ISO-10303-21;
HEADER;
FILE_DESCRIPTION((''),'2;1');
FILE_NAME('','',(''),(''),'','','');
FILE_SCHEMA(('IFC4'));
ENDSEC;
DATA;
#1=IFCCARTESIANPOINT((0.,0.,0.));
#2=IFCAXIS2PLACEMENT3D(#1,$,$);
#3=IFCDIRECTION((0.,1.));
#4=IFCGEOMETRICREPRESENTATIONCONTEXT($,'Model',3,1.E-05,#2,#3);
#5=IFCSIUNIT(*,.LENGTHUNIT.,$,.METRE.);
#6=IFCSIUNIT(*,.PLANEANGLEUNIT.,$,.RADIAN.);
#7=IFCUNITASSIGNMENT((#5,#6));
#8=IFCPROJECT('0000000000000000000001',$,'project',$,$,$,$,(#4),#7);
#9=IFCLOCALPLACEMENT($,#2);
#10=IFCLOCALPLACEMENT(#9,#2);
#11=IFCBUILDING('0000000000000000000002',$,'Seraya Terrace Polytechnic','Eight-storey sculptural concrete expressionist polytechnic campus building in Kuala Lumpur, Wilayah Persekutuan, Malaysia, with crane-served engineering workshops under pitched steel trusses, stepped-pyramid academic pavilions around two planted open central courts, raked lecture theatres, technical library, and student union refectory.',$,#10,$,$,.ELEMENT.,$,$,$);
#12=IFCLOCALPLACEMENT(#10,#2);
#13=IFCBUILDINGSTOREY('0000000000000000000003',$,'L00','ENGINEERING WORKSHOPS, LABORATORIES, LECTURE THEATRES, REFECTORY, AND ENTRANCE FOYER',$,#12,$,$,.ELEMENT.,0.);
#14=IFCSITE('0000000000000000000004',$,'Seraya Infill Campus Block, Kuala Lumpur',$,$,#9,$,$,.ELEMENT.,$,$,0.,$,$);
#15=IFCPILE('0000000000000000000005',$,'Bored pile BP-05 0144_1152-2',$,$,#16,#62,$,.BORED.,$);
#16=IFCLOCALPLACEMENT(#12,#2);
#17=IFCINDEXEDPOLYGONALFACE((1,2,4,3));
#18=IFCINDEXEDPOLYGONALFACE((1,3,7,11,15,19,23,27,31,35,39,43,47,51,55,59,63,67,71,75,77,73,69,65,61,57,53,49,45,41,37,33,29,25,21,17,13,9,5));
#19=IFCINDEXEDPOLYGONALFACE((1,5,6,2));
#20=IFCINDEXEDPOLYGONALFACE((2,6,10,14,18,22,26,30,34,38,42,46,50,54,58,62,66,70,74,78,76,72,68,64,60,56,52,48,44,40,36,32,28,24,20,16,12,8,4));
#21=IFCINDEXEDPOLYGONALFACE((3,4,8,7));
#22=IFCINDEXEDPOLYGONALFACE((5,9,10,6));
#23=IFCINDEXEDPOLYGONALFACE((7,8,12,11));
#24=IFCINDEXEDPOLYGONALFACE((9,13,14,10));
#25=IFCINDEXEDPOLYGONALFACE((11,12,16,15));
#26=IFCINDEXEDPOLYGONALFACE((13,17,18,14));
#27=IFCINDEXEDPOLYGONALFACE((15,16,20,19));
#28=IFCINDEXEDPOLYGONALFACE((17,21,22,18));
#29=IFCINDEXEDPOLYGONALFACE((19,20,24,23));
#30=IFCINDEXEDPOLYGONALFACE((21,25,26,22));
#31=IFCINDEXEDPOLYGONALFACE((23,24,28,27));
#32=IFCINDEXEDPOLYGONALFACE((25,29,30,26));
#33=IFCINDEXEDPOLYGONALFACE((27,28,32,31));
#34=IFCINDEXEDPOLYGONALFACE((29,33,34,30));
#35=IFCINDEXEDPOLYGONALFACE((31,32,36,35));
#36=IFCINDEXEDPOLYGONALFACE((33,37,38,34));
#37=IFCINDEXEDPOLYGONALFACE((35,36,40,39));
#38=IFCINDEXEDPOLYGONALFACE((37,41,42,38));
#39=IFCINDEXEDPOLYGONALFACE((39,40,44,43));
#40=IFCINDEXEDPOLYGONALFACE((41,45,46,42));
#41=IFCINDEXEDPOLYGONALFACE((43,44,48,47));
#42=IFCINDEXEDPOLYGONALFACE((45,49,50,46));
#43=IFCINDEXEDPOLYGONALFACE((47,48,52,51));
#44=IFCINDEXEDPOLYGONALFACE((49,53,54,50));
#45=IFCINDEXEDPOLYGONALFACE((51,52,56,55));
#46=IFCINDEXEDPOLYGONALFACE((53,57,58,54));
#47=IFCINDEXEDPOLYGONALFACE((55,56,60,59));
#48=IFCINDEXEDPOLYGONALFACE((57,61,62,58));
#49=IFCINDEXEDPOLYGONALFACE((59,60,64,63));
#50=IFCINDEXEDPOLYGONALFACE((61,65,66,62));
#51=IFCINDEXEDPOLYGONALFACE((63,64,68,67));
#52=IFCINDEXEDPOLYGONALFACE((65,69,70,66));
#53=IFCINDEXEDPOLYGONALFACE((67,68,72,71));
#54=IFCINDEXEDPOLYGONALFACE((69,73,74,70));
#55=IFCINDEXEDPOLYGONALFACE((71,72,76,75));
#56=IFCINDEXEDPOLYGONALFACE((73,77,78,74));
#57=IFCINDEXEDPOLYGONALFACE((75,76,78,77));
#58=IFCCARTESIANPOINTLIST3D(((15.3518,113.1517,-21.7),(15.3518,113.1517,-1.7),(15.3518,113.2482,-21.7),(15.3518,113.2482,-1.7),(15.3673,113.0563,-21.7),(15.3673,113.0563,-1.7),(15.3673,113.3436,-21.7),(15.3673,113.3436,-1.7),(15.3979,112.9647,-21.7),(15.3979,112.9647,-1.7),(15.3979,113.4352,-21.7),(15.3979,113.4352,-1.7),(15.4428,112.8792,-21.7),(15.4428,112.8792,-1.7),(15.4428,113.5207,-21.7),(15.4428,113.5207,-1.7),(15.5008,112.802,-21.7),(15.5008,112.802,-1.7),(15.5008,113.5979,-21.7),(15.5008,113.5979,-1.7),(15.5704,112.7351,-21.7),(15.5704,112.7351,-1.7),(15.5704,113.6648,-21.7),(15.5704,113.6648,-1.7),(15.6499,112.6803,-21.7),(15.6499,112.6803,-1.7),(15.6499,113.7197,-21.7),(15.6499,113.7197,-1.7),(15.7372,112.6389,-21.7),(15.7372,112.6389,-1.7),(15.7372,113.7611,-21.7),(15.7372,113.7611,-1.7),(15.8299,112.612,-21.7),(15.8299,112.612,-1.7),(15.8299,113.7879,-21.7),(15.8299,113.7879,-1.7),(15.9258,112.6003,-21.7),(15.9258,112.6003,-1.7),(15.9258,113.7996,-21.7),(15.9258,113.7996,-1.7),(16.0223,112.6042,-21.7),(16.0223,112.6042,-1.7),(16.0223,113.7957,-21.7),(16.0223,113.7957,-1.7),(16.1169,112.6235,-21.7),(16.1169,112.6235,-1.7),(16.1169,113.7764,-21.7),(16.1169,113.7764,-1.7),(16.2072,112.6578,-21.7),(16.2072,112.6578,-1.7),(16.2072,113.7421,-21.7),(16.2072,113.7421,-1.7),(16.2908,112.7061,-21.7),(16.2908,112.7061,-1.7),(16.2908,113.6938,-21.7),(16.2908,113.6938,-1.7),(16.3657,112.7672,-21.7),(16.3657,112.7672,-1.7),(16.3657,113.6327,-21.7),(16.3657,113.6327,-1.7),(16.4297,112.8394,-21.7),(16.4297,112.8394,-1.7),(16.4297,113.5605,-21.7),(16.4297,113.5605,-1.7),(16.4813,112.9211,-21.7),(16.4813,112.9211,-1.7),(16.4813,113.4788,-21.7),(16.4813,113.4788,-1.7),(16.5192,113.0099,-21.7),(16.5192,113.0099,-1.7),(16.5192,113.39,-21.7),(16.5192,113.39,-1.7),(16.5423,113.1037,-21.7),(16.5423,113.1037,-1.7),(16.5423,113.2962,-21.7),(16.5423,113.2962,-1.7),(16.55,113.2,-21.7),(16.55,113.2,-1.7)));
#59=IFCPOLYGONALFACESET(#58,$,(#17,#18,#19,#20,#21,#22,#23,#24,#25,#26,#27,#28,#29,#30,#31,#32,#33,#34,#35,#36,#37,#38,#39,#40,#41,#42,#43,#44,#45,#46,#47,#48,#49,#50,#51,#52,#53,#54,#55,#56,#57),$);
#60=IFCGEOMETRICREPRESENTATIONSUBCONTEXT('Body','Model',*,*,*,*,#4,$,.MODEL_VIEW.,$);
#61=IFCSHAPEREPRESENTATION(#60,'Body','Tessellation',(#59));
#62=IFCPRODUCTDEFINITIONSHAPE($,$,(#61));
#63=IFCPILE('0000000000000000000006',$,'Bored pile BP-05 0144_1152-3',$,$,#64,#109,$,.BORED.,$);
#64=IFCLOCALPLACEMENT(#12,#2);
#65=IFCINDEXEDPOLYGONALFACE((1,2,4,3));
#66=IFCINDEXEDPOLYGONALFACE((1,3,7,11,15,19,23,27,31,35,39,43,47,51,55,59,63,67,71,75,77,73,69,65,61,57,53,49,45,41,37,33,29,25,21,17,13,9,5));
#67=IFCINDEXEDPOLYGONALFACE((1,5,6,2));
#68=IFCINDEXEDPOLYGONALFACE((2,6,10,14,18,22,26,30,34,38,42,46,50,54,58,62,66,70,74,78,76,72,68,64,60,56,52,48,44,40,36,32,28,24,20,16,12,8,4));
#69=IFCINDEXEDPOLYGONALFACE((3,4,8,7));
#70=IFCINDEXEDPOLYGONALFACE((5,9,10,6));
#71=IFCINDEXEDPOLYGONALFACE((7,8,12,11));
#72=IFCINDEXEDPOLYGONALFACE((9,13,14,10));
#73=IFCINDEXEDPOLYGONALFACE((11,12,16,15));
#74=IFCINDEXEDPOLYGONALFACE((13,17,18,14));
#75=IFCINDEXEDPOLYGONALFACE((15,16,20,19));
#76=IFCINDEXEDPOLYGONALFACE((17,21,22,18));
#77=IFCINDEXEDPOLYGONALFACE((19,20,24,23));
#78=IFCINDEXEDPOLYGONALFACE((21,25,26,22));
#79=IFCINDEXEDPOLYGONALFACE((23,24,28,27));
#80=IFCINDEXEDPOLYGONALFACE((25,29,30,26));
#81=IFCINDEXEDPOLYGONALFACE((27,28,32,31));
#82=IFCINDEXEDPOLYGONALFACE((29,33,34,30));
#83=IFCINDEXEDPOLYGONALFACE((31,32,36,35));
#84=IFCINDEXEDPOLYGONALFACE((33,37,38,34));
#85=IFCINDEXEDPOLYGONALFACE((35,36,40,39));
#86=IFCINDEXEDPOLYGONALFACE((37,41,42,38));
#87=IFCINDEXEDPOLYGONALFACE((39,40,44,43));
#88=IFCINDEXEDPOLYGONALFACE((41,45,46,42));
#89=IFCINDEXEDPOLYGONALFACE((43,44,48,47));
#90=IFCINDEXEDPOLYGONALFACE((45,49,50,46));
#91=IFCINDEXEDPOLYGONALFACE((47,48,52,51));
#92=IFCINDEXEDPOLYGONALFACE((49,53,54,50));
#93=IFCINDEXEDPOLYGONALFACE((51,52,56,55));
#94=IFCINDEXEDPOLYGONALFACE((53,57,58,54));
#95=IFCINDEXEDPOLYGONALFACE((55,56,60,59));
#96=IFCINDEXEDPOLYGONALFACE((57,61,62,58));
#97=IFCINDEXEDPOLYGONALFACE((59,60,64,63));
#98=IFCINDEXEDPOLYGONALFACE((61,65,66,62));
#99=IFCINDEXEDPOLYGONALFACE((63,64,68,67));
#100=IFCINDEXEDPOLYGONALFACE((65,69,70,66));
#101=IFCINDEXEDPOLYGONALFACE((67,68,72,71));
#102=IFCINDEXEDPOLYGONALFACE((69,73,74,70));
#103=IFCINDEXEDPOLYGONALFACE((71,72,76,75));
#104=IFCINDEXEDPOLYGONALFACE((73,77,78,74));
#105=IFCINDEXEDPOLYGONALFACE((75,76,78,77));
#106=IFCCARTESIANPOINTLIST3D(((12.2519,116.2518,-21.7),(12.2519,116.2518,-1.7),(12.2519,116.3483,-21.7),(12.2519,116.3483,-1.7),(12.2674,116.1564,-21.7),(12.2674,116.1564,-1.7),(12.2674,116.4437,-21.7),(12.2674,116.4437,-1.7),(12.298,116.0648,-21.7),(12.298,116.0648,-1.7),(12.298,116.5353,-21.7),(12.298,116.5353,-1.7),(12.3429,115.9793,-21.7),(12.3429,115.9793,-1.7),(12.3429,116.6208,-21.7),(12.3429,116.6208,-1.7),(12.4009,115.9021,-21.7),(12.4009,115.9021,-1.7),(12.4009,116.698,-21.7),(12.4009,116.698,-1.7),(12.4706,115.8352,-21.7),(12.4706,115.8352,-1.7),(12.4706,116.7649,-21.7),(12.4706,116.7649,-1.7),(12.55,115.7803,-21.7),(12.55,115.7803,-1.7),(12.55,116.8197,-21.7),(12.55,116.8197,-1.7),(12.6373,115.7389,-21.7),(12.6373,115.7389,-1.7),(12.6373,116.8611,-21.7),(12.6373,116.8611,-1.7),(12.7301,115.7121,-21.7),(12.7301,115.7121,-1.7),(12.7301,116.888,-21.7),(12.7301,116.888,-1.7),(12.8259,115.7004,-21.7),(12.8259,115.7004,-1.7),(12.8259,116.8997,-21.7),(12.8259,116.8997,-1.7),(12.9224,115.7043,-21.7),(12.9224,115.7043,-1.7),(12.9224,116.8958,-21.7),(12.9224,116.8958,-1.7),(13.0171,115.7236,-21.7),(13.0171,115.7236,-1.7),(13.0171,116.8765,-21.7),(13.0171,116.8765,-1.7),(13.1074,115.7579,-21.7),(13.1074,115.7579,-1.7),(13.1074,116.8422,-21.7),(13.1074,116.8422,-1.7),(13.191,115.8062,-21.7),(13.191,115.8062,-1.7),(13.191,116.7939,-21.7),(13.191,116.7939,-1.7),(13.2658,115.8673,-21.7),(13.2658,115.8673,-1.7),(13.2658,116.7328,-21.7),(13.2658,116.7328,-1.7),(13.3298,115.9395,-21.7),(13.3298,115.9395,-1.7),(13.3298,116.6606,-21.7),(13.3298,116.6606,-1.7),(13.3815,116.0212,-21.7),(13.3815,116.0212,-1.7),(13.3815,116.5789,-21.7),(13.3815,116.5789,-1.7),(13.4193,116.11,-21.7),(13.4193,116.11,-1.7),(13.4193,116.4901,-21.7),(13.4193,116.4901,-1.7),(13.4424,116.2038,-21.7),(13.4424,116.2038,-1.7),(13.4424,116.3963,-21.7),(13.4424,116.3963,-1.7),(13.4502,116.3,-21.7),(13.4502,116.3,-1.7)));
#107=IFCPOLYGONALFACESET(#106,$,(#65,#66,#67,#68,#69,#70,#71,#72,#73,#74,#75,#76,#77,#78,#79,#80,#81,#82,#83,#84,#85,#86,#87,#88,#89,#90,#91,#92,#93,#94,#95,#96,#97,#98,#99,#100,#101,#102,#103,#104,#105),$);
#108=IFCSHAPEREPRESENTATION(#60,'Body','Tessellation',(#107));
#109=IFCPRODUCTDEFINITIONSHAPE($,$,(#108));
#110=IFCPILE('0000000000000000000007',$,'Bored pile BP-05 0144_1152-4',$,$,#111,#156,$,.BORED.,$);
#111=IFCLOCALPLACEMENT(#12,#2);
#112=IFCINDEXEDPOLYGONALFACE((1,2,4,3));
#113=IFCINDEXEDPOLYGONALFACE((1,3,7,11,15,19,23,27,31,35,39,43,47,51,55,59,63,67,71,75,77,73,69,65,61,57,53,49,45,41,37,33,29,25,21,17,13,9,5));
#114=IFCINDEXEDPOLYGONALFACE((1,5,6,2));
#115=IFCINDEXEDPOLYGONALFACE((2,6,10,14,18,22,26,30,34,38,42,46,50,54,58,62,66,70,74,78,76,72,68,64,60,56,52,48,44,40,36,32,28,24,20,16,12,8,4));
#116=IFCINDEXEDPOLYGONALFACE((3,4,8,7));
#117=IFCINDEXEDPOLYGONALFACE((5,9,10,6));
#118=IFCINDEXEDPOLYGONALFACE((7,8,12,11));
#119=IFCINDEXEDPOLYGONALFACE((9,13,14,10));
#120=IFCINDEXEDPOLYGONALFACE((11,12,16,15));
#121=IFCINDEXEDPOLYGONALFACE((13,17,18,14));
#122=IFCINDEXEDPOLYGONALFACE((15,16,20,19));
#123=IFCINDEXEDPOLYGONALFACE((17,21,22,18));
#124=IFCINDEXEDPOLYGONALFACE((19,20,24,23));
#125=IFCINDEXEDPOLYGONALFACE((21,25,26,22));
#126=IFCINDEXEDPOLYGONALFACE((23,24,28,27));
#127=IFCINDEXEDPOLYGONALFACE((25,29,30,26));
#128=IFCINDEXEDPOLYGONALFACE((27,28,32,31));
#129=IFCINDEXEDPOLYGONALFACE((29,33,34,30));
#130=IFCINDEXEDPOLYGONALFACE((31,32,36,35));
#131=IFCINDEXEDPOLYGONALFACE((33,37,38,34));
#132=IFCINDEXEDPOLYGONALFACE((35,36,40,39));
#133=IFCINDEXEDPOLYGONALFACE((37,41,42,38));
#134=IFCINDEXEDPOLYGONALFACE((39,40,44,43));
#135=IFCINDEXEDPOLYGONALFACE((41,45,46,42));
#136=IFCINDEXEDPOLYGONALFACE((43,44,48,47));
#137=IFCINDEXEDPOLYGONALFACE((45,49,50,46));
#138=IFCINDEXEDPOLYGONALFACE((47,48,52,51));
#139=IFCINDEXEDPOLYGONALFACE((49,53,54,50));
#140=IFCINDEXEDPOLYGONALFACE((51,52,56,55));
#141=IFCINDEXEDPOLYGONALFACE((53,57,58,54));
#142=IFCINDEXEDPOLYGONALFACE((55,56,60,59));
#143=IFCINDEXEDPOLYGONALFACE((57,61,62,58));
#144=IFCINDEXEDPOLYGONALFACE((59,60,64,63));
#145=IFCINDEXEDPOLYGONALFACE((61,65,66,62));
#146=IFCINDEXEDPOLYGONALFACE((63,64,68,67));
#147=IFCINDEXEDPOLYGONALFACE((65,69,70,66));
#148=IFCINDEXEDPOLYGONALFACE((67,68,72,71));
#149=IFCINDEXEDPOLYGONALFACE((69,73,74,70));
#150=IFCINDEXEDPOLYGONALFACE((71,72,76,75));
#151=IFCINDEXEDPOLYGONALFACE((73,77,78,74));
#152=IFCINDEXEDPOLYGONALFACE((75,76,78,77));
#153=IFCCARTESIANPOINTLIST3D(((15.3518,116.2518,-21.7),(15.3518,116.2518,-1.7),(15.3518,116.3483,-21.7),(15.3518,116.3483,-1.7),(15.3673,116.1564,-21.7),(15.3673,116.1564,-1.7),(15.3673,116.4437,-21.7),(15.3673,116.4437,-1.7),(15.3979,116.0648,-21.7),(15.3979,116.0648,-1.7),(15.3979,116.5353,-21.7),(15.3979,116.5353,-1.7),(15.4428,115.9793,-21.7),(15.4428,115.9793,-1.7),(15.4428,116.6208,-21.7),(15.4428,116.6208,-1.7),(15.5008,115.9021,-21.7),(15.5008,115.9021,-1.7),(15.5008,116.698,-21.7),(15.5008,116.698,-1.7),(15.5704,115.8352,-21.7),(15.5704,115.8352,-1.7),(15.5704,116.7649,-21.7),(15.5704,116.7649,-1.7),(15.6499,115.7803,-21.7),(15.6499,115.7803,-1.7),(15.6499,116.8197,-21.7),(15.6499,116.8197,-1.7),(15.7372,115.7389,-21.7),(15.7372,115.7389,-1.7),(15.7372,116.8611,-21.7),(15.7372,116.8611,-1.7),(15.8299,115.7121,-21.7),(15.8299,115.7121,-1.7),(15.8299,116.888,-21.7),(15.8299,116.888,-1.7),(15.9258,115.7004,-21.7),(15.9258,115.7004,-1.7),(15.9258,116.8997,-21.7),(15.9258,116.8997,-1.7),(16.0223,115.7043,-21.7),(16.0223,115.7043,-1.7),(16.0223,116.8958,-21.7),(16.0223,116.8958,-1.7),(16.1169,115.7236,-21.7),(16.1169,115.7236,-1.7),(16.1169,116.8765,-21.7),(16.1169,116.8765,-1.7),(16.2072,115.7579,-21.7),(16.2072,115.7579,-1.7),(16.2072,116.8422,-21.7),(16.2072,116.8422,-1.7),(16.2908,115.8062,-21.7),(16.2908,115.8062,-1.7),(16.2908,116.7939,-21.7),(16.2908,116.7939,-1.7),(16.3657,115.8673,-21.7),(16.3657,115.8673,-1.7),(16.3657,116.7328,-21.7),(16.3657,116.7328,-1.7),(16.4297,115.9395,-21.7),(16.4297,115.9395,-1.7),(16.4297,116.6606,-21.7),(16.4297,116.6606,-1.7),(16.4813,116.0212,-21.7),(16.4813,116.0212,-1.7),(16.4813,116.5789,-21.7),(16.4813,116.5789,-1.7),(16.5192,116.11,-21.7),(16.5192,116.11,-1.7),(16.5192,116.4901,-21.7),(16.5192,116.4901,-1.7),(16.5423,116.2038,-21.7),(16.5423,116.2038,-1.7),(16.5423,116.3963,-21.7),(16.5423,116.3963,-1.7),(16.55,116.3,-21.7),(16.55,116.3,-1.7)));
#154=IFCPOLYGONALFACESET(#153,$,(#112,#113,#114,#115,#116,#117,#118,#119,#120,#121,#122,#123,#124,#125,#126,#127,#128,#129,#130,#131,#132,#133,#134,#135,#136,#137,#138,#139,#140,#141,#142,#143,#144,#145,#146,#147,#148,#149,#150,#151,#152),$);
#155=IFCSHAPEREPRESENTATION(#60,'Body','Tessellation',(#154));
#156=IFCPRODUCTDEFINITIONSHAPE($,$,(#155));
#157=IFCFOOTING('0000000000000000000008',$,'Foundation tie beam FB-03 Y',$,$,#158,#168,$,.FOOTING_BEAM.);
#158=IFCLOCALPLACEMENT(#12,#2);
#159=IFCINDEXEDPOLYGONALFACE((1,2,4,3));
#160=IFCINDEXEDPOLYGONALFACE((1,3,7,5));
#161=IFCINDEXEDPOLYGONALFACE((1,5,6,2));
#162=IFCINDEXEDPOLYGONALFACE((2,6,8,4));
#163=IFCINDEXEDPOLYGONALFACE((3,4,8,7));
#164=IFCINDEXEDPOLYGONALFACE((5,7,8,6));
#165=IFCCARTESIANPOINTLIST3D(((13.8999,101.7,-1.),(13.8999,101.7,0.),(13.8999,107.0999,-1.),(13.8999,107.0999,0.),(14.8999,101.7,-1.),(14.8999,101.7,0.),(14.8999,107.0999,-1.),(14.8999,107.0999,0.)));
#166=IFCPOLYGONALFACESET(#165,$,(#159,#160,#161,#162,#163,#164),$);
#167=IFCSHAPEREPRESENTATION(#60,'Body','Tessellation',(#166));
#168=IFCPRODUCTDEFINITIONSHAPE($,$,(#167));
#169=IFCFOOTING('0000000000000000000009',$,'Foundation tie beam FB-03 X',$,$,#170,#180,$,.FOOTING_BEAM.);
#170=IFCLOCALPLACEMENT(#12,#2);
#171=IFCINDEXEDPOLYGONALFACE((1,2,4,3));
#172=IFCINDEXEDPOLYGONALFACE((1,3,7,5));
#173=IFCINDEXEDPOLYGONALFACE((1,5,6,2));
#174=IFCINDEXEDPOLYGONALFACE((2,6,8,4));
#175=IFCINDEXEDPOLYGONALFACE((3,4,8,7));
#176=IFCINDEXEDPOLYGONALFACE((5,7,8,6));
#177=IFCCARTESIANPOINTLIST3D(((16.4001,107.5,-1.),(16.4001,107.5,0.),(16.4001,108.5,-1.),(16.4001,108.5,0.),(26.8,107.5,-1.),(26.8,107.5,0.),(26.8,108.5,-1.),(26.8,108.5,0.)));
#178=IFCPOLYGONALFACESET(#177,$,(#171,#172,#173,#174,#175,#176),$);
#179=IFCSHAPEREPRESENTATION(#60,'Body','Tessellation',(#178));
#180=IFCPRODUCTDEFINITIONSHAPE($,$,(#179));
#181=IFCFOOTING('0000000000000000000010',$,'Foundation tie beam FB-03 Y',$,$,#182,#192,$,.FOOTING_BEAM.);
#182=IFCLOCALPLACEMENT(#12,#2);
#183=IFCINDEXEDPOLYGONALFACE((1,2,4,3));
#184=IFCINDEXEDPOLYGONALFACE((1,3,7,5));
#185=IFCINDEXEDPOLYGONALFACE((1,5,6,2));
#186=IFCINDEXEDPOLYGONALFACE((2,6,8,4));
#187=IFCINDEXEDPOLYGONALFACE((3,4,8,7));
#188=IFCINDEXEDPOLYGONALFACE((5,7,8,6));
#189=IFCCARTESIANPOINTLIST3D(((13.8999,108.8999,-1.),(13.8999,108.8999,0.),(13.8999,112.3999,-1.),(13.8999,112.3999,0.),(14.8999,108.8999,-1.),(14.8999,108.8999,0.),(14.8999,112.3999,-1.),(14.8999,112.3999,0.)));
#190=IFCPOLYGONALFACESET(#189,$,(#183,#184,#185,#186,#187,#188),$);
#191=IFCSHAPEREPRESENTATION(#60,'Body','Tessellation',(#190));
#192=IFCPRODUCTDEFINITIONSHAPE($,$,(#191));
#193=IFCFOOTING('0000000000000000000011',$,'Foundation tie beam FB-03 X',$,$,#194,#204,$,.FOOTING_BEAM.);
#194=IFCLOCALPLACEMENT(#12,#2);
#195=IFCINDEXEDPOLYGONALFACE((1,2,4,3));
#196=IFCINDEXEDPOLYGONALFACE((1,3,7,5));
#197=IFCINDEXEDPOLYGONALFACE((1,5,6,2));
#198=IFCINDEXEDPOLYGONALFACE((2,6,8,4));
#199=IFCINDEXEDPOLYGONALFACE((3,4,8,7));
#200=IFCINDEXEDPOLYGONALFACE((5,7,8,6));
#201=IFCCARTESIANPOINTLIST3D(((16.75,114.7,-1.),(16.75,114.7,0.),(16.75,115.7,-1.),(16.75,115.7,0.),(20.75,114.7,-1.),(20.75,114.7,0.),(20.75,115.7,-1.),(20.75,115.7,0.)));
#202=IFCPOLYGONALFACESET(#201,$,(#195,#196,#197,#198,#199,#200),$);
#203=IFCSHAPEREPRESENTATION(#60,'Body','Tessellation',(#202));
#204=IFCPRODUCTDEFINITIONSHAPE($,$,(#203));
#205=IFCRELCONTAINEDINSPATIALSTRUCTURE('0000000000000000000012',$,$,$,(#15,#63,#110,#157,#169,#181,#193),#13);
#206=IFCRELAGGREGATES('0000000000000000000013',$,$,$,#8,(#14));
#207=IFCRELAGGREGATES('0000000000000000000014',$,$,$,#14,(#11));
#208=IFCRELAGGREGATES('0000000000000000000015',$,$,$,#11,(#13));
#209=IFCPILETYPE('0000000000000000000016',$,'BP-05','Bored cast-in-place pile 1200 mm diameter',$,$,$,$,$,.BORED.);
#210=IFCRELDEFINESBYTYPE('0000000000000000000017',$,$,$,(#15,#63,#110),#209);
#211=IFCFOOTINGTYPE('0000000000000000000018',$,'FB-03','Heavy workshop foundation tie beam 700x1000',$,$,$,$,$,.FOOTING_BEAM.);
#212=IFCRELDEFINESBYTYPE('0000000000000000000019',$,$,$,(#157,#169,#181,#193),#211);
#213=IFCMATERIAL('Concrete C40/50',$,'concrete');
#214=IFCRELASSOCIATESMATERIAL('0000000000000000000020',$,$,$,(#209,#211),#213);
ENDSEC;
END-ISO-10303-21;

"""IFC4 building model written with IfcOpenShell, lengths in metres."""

from ifc_helpers import new_model, si_unit, direction, frame, origin, origin_2d, place, context, subcontext, project, spatial, rectangle, circle, extrude, material, material_profile, profile_set, type_object, element, save


model = new_model("IFC4")

# Units and contexts
model_context = context("Model", 3, precision=1e-05, world=origin(), true_north=direction((0.0, 1.0)))
body_context = subcontext(model_context, "Body", "Model", "MODEL_VIEW")
ifc_project = project(units=[si_unit("LENGTHUNIT", "METRE"), si_unit("PLANEANGLEUNIT", "RADIAN")], contexts=[model_context])

# Site, building, storey
site_placement = place(None, origin())
site = spatial("IfcSite", under=ifc_project, at=site_placement, Name="Seraya Infill Campus Block, Kuala Lumpur", CompositionType="ELEMENT", RefElevation=0.0)
building_placement = place(site_placement, origin())
building = spatial("IfcBuilding", under=site, at=building_placement, Name="Seraya Terrace Polytechnic", Description="Eight-storey sculptural concrete expressionist polytechnic campus building in Kuala Lumpur, Wilayah Persekutuan, Malaysia, with crane-served engineering workshops under pitched steel trusses, stepped-pyramid academic pavilions around two planted open central courts, raked lecture theatres, technical library, and student union refectory.", CompositionType="ELEMENT")
storey_placement = place(building_placement, origin())
storey = spatial("IfcBuildingStorey", under=building, at=storey_placement, Name="L00", Description="ENGINEERING WORKSHOPS, LABORATORIES, LECTURE THEATRES, REFECTORY, AND ENTRANCE FOYER", CompositionType="ELEMENT", Elevation=0.0)

# Piles
ifc_material_1 = material(Name="Concrete C40/50", Category="concrete")
ifc_material_profile_1 = material_profile(ifc_material_1, circle(Radius=0.6001, at=origin_2d()), Name="DIA 1200")
ifc_profile_set_1 = profile_set([ifc_material_profile_1], Name="Concrete C40/50")
pile_type_1 = type_object("IfcPileType", Name="BP-05", Description="Bored cast-in-place pile 1200 mm diameter", PredefinedType="BORED", material=ifc_profile_set_1)
for number, where, z_axis, x_axis, name in (
    (1, (15.95, 113.2, -1.7), (0.0, 0.0, -1.0), (1.0, 0.0, 0.0), "Bored pile BP-05 0144_1152-2"),
    (2, (12.8501, 116.3, -1.7), (0.0, 0.0, -1.0), (1.0, 0.0, 0.0), "Bored pile BP-05 0144_1152-3"),
    (3, (15.95, 116.3, -1.7), (0.0, 0.0, -1.0), (1.0, 0.0, 0.0), "Bored pile BP-05 0144_1152-4"),
):
    element("IfcPile", number, at=place(storey_placement, frame(where, z_axis=z_axis, x_axis=x_axis)), inside=storey, type_object=pile_type_1, Name=name, PredefinedType="BORED", context=body_context, shape_type="SweptSolid", body=[
        extrude(circle(Radius=0.6001, at=origin_2d()), origin(), (0.0, 0.0, 1.0), 20.0),
    ])

# Footings
footing_type_1 = type_object("IfcFootingType", Name="FB-03", Description="Heavy workshop foundation tie beam 700x1000", PredefinedType="FOOTING_BEAM", material=ifc_material_1)
footing_1_placement = place(storey_placement, frame((14.3999, 104.3999, -1.0), z_axis=(0.0, 0.0, 1.0), x_axis=(0.0, 1.0, 0.0)))
element("IfcFooting", 4, at=footing_1_placement, inside=storey, type_object=footing_type_1, Name="Foundation tie beam FB-03 Y", PredefinedType="FOOTING_BEAM", context=body_context, shape_type="SweptSolid", body=[
    extrude(rectangle(XDim=5.3999, YDim=1.0, at=origin_2d()), origin(), (0.0, 0.0, 1.0), 1.0),
])
footing_2_placement = place(storey_placement, frame((21.6001, 108.0, -1.0), z_axis=(0.0, 0.0, 1.0), x_axis=(1.0, 0.0, 0.0)))
element("IfcFooting", 5, at=footing_2_placement, inside=storey, type_object=footing_type_1, Name="Foundation tie beam FB-03 X", PredefinedType="FOOTING_BEAM", context=body_context, shape_type="SweptSolid", body=[
    extrude(rectangle(XDim=10.3999, YDim=1.0, at=origin_2d()), origin(), (0.0, 0.0, 1.0), 1.0),
])
footing_3_placement = place(storey_placement, frame((14.3999, 110.6499, -1.0), z_axis=(0.0, 0.0, 1.0), x_axis=(0.0, 1.0, 0.0)))
element("IfcFooting", 6, at=footing_3_placement, inside=storey, type_object=footing_type_1, Name="Foundation tie beam FB-03 Y", PredefinedType="FOOTING_BEAM", context=body_context, shape_type="SweptSolid", body=[
    extrude(rectangle(XDim=3.5, YDim=1.0, at=origin_2d()), origin(), (0.0, 0.0, 1.0), 1.0),
])
footing_4_placement = place(storey_placement, frame((18.75, 115.2, -1.0), z_axis=(0.0, 0.0, 1.0), x_axis=(1.0, 0.0, 0.0)))
element("IfcFooting", 7, at=footing_4_placement, inside=storey, type_object=footing_type_1, Name="Foundation tie beam FB-03 X", PredefinedType="FOOTING_BEAM", context=body_context, shape_type="SweptSolid", body=[
    extrude(rectangle(XDim=4.0, YDim=1.0, at=origin_2d()), origin(), (0.0, 0.0, 1.0), 1.0),
])

save(model, "model.ifc")
